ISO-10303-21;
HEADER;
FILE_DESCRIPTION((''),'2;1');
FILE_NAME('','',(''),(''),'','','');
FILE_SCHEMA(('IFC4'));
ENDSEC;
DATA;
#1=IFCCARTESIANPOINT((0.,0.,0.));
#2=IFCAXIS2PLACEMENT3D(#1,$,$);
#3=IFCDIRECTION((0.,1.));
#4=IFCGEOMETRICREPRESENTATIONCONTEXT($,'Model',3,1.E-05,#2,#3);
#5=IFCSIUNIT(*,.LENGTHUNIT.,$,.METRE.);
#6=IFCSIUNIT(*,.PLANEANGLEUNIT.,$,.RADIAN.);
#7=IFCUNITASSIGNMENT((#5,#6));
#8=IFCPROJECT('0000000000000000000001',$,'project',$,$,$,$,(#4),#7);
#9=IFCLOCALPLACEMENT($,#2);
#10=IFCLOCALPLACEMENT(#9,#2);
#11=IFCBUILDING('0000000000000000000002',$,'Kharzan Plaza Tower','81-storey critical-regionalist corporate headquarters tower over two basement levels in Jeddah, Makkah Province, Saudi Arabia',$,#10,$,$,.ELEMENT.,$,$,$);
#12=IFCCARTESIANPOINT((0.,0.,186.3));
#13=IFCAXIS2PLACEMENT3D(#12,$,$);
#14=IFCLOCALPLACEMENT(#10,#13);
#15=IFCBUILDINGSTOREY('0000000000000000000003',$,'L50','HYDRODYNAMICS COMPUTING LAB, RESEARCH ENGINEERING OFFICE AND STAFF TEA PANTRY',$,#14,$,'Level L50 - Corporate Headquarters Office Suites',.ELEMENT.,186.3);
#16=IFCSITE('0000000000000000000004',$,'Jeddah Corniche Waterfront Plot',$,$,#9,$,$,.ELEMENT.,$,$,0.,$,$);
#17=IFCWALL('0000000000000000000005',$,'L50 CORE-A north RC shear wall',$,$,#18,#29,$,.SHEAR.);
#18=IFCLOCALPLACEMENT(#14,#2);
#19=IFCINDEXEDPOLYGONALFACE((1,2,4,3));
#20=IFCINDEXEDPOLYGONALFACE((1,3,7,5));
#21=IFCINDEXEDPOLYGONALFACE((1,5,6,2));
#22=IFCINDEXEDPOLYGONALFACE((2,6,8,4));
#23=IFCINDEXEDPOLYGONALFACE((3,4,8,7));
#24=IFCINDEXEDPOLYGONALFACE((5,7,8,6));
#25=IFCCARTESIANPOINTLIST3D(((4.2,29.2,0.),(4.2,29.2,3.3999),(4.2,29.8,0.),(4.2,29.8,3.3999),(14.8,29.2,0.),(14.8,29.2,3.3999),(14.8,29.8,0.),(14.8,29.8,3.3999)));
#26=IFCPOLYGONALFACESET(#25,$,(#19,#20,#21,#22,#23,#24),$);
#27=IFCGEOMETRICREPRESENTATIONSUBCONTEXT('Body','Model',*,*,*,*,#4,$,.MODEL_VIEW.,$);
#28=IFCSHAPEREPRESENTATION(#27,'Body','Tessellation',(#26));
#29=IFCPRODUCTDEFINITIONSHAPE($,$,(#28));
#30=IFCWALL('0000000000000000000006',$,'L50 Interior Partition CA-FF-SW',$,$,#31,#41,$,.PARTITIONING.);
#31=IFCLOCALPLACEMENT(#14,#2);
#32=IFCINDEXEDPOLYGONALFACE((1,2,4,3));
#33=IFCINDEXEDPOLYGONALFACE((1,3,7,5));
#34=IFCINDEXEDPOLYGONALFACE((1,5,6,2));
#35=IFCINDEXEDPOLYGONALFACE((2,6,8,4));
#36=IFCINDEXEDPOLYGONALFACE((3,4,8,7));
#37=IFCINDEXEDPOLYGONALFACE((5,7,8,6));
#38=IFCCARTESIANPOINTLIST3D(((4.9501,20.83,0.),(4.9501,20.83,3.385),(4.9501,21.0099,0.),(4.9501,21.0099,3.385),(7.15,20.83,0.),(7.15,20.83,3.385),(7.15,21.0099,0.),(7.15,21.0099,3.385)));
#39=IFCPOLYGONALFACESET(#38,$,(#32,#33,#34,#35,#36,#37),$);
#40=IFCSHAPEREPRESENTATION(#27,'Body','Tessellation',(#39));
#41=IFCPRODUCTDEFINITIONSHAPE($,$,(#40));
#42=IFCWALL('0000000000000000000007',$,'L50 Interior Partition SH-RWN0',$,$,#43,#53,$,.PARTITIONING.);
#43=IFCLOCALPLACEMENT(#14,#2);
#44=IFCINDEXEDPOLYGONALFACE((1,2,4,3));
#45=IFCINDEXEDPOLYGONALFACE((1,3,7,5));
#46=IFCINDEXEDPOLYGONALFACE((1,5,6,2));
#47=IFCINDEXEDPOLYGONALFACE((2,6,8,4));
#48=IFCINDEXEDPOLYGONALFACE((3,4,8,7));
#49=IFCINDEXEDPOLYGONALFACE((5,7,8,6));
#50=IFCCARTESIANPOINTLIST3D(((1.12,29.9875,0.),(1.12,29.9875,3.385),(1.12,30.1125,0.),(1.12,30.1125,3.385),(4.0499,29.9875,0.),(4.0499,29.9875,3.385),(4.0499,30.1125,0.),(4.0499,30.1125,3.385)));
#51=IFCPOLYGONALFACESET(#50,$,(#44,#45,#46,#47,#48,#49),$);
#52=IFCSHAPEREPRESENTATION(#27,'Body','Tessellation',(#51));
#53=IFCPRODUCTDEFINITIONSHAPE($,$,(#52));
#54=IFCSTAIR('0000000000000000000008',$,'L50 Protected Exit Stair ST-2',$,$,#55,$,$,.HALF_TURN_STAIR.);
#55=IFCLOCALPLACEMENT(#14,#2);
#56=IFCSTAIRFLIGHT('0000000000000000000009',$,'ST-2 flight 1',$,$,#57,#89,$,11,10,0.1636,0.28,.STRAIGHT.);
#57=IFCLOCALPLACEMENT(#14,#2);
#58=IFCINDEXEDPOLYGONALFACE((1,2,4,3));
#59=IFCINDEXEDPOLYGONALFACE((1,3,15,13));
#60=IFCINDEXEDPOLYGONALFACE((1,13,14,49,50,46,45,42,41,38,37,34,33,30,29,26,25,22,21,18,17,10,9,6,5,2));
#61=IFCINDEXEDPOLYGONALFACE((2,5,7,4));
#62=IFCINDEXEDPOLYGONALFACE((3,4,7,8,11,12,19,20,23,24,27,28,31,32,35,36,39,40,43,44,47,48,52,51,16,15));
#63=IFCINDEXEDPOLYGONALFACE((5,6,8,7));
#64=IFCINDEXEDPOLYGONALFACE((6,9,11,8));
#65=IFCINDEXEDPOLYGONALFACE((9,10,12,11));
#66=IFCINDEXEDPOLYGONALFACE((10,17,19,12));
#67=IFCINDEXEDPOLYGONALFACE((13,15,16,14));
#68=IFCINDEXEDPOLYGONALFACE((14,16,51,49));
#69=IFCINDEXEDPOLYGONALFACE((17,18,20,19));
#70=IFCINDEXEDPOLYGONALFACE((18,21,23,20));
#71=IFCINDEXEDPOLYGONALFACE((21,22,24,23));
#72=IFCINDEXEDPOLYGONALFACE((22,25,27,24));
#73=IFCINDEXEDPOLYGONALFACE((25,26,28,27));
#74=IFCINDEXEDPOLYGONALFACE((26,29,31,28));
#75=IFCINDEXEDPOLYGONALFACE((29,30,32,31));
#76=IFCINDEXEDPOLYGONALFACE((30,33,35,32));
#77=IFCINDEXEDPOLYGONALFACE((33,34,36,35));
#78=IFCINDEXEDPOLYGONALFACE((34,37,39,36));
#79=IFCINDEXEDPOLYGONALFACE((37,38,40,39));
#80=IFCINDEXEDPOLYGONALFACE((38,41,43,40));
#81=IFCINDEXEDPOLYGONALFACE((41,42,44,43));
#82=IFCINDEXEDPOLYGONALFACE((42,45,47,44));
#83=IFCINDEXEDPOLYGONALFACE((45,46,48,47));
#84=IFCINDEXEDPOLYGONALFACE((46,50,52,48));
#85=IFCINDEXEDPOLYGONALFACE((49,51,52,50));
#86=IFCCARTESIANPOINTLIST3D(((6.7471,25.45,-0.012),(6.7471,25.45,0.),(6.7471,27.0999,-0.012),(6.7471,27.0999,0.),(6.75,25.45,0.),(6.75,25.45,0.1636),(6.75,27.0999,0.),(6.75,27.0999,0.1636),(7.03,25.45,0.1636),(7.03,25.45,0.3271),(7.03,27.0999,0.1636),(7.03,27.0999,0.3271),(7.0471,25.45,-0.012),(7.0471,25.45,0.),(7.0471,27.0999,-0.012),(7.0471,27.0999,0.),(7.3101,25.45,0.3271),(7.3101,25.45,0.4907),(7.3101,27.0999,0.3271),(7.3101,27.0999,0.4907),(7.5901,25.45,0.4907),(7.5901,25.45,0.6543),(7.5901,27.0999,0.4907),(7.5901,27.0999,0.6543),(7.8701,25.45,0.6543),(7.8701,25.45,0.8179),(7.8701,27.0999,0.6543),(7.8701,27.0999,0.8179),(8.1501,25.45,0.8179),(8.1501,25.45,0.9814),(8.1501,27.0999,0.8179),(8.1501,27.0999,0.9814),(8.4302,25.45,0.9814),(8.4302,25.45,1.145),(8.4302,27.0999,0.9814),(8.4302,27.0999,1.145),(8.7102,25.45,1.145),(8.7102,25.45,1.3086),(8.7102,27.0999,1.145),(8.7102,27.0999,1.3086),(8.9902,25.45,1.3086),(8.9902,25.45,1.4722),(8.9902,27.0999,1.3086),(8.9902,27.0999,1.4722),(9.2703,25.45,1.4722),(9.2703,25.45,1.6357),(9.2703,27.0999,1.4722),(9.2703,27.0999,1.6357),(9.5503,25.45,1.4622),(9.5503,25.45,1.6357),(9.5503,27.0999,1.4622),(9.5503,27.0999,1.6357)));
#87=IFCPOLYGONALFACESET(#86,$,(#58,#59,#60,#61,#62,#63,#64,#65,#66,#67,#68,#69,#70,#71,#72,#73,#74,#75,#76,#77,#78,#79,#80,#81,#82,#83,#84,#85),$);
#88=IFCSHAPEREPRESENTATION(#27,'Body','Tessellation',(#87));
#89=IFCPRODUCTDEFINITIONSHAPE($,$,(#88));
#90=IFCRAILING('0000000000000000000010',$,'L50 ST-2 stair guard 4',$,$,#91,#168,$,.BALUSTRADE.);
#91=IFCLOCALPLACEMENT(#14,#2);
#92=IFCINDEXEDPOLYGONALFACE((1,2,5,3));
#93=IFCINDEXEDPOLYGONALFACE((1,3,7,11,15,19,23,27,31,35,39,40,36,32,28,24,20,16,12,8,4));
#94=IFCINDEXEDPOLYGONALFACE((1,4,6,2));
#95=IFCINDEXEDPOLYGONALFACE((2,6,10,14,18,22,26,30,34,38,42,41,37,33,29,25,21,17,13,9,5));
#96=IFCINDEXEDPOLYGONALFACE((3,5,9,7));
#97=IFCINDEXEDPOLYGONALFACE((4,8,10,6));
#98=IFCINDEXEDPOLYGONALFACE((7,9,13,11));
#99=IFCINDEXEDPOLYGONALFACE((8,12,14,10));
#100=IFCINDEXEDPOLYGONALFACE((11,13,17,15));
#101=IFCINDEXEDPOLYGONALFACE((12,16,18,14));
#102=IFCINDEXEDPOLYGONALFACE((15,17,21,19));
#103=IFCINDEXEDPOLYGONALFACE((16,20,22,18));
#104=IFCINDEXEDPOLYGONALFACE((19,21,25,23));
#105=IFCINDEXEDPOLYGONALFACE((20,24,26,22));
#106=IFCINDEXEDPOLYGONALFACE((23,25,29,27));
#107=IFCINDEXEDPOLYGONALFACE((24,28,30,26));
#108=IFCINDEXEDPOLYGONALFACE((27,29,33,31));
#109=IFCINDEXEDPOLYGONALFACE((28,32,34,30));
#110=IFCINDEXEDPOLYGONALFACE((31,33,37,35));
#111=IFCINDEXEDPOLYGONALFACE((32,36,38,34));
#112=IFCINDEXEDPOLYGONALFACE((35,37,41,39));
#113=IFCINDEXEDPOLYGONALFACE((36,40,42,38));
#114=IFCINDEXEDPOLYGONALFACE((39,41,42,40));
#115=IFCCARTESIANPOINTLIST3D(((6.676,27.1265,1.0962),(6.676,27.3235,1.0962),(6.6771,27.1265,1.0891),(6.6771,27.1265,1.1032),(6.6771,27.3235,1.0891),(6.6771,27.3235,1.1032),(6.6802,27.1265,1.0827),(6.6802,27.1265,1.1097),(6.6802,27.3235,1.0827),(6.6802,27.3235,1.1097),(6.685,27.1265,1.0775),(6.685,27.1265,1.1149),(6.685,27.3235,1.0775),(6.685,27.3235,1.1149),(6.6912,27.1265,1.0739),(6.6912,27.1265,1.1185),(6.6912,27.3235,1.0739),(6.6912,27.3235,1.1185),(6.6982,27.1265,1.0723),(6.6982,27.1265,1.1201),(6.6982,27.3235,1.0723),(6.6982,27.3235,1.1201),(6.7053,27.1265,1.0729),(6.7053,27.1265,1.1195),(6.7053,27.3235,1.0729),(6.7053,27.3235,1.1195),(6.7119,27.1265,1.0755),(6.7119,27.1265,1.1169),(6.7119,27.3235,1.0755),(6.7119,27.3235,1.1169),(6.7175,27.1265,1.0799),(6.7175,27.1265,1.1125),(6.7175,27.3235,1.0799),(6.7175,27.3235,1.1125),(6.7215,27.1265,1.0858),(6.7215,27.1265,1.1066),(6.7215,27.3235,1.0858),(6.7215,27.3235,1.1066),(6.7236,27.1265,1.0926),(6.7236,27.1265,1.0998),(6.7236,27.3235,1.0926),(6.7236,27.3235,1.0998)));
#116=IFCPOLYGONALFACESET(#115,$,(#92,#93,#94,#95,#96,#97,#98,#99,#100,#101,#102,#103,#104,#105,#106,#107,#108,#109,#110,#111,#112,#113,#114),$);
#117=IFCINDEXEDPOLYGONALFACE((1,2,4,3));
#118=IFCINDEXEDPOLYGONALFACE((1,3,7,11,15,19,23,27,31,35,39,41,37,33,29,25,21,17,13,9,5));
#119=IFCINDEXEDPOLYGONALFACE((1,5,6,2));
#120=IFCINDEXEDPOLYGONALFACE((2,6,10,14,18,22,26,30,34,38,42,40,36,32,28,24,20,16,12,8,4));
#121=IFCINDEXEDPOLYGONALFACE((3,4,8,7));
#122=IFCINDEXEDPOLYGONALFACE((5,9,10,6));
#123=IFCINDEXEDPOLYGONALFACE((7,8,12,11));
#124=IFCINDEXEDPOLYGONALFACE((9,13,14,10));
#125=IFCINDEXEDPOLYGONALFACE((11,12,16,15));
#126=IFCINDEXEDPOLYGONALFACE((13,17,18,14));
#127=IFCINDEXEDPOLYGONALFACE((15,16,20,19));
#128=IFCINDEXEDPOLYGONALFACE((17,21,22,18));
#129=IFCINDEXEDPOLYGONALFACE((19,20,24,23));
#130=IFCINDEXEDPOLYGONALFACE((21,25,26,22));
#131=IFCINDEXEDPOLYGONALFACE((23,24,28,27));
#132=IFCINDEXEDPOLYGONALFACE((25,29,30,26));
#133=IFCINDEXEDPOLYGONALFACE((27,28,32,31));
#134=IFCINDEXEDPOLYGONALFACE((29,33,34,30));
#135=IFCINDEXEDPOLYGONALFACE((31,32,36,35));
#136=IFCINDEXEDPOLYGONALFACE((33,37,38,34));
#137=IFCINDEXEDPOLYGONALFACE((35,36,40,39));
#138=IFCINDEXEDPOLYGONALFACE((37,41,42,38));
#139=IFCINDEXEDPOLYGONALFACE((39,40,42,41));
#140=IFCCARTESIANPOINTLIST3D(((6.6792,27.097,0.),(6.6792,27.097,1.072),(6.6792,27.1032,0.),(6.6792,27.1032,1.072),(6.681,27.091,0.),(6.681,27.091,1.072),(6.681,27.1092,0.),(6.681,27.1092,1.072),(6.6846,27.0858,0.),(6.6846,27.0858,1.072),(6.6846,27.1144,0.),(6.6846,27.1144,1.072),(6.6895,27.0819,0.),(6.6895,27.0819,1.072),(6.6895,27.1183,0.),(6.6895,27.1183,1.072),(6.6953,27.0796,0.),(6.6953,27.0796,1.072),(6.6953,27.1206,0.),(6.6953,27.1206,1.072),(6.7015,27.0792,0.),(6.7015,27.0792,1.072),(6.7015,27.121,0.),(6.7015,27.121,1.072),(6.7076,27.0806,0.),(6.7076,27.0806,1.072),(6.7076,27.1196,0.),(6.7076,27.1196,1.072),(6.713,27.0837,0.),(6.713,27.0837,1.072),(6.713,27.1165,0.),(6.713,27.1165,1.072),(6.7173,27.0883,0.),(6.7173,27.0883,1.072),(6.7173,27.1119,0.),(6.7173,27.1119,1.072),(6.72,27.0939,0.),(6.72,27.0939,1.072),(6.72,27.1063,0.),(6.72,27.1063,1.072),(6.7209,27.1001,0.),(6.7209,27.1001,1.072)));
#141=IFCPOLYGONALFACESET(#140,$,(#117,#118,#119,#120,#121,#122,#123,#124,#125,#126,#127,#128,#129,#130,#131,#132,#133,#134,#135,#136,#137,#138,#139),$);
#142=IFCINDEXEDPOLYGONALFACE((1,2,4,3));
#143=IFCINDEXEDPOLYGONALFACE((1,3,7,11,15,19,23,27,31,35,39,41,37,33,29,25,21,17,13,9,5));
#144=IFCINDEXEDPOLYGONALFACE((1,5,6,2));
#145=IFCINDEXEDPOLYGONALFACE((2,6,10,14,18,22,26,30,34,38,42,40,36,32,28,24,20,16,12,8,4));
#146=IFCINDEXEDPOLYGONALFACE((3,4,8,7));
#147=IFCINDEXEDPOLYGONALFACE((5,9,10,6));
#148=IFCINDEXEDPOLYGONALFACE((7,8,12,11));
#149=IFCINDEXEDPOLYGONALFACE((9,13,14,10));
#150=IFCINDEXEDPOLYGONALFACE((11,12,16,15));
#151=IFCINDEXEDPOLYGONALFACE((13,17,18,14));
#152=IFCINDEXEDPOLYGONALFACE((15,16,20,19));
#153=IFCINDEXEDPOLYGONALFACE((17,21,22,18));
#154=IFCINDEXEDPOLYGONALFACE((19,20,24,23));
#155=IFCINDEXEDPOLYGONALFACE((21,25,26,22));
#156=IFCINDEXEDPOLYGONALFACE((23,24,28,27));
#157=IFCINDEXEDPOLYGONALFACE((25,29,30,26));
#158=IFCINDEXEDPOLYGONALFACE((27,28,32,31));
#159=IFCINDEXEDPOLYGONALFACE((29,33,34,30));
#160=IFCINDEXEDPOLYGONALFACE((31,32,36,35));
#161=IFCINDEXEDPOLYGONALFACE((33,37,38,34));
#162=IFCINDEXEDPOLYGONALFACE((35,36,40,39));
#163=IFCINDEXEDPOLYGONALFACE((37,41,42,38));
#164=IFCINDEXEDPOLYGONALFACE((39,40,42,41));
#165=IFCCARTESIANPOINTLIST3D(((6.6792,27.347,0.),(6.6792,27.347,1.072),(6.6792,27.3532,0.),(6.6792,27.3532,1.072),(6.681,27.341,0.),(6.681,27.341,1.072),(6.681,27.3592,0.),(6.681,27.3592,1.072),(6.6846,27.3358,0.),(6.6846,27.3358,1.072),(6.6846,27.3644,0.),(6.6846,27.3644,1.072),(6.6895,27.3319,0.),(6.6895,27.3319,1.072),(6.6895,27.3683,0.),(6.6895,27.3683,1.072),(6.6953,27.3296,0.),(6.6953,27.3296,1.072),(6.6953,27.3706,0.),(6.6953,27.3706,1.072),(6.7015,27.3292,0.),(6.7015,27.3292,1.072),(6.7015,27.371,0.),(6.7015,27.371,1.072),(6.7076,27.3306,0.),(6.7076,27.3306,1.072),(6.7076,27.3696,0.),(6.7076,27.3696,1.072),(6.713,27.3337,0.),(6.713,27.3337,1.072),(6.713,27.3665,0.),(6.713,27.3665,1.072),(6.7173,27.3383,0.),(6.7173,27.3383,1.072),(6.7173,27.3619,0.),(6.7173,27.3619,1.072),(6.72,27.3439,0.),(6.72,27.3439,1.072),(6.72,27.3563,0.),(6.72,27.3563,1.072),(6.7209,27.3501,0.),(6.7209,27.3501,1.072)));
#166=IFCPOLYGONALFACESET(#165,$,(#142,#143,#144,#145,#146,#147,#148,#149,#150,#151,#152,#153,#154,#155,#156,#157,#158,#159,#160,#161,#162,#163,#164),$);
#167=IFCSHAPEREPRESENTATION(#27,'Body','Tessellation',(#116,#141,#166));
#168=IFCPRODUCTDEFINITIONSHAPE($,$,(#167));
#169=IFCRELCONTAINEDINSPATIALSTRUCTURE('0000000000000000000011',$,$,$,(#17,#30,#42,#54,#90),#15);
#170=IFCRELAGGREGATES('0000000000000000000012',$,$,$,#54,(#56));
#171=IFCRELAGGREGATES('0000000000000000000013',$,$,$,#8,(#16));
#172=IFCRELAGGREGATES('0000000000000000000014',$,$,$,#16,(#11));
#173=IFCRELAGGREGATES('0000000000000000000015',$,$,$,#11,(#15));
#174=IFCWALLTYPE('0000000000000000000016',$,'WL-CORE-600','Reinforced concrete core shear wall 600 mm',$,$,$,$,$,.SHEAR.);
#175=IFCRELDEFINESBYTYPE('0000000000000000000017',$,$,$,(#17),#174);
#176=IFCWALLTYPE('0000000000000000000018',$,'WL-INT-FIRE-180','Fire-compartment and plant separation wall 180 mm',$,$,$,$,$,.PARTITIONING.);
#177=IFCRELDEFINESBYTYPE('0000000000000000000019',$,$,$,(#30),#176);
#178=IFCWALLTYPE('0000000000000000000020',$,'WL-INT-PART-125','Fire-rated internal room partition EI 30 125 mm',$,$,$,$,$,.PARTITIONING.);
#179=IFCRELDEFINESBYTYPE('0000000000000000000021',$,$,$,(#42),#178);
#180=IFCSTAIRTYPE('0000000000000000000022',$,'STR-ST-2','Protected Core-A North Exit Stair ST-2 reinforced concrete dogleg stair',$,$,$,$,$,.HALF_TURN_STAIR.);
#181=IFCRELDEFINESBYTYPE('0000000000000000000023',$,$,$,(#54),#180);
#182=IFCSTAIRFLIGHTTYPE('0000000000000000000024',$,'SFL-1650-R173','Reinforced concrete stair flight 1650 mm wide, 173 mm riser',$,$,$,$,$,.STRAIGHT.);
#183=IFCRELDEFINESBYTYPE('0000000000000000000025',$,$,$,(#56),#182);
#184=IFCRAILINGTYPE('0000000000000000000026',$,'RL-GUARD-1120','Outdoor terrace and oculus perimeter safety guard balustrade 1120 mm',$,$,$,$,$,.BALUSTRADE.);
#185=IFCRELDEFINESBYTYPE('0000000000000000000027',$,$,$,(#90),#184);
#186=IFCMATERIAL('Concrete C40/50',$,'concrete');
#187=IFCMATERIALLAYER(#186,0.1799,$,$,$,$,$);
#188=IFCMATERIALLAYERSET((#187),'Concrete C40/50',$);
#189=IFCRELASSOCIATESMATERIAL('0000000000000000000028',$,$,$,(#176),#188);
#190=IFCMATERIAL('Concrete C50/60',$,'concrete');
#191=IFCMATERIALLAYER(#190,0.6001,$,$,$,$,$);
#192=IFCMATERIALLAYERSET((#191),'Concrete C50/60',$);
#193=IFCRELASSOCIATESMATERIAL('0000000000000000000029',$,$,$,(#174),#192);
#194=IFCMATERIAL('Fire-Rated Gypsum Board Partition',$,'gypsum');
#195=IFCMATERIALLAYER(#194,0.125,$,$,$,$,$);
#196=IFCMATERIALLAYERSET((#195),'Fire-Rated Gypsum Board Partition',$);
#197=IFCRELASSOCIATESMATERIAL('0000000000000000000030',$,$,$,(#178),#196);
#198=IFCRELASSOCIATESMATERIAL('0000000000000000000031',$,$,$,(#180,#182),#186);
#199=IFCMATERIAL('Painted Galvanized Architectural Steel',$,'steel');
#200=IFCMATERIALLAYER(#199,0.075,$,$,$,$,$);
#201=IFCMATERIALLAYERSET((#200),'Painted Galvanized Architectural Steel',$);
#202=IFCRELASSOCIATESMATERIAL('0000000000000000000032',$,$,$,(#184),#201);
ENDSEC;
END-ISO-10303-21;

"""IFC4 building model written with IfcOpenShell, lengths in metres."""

from ifc_helpers import new_model, si_unit, direction, frame, frame_2d, origin, origin_2d, place, context, subcontext, project, spatial, polyline, rectangle, circle, outline, extrude, source, transform, mapped, material, layer, layer_set, type_object, element, aggregate, save


model = new_model("IFC4")

# Units and contexts
model_context = context("Model", 3, precision=1e-05, world=origin(), true_north=direction((0.0, 1.0)))
body_context = subcontext(model_context, "Body", "Model", "MODEL_VIEW")
ifc_project = project(units=[si_unit("LENGTHUNIT", "METRE"), si_unit("PLANEANGLEUNIT", "RADIAN")], contexts=[model_context])

# Site, building, storey
site_placement = place(None, origin())
site = spatial("IfcSite", under=ifc_project, at=site_placement, Name="Jeddah Corniche Waterfront Plot", CompositionType="ELEMENT", RefElevation=0.0)
building_placement = place(site_placement, origin())
building = spatial("IfcBuilding", under=site, at=building_placement, Name="Kharzan Plaza Tower", Description="81-storey critical-regionalist corporate headquarters tower over two basement levels in Jeddah, Makkah Province, Saudi Arabia", CompositionType="ELEMENT")
storey_placement = place(building_placement, frame((0.0, 0.0, 186.3)))
storey = spatial("IfcBuildingStorey", under=building, at=storey_placement, Name="L50", Description="HYDRODYNAMICS COMPUTING LAB, RESEARCH ENGINEERING OFFICE AND STAFF TEA PANTRY", LongName="Level L50 - Corporate Headquarters Office Suites", CompositionType="ELEMENT", Elevation=186.3)

# Shared definitions
ifc_material_1 = material(Name="Concrete C50/60", Category="concrete")

# Shared definitions
ifc_material_2 = material(Name="Concrete C40/50", Category="concrete")

# Shared definitions
ifc_layer_1 = layer(ifc_material_2, 0.1799)
ifc_layer_set_1 = layer_set([ifc_layer_1], Name="Concrete C40/50")
wall_type_1 = type_object("IfcWallType", Name="WL-INT-FIRE-180", Description="Fire-compartment and plant separation wall 180 mm", PredefinedType="PARTITIONING", material=ifc_layer_set_1)

# Walls
ifc_layer_2 = layer(ifc_material_1, 0.6001)
ifc_layer_set_2 = layer_set([ifc_layer_2], Name="Concrete C50/60")
wall_type_2 = type_object("IfcWallType", Name="WL-CORE-600", Description="Reinforced concrete core shear wall 600 mm", PredefinedType="SHEAR", material=ifc_layer_set_2)
shared_shape_1 = source(origin(), body_context, "Body", "SweptSolid", [
    extrude(rectangle(XDim=10.6001, YDim=0.6001, at=frame_2d((5.3, 0.0))), origin(), (0.0, 0.0, 1.0), 3.3999),
])
wall_1_placement = place(storey_placement, frame((4.2, 29.5, 0.0), z_axis=(0.0, 0.0, 1.0), x_axis=(1.0, 0.0, 0.0)))
element("IfcWall", 1, at=wall_1_placement, inside=storey, type_object=wall_type_2, Name="L50 CORE-A north RC shear wall", PredefinedType="SHEAR", context=body_context, shape_type="MappedRepresentation", body=[
    mapped(shared_shape_1, transform((0.0, 0.0, 0.0), x_axis=(1.0, 0.0, 0.0), y_axis=(0.0, 1.0, 0.0), z_axis=(0.0, 0.0, 1.0))),
])
shared_shape_2 = source(origin(), body_context, "Body", "SweptSolid", [
    extrude(rectangle(XDim=2.2, YDim=0.1799, at=frame_2d((1.1001, 0.0))), origin(), (0.0, 0.0, 1.0), 3.385),
])
wall_2_placement = place(storey_placement, frame((4.95, 20.9199, 0.0), z_axis=(0.0, 0.0, 1.0), x_axis=(1.0, 0.0, 0.0)))
element("IfcWall", 2, at=wall_2_placement, inside=storey, type_object=wall_type_1, Name="L50 Interior Partition CA-FF-SW", PredefinedType="PARTITIONING", context=body_context, shape_type="MappedRepresentation", body=[
    mapped(shared_shape_2, transform((0.0, 0.0, 0.0), x_axis=(1.0, 0.0, 0.0), y_axis=(0.0, 1.0, 0.0), z_axis=(0.0, 0.0, 1.0))),
])
ifc_material_3 = material(Name="Fire-Rated Gypsum Board Partition", Category="gypsum")
ifc_layer_3 = layer(ifc_material_3, 0.125)
ifc_layer_set_3 = layer_set([ifc_layer_3], Name="Fire-Rated Gypsum Board Partition")
wall_type_3 = type_object("IfcWallType", Name="WL-INT-PART-125", Description="Fire-rated internal room partition EI 30 125 mm", PredefinedType="PARTITIONING", material=ifc_layer_set_3)
shared_shape_3 = source(origin(), body_context, "Body", "SweptSolid", [
    extrude(rectangle(XDim=2.9299, YDim=0.125, at=frame_2d((1.4648, 0.0))), origin(), (0.0, 0.0, 1.0), 3.385),
])
wall_3_placement = place(storey_placement, frame((1.1201, 30.05, 0.0), z_axis=(0.0, 0.0, 1.0), x_axis=(1.0, 0.0, 0.0)))
element("IfcWall", 3, at=wall_3_placement, inside=storey, type_object=wall_type_3, Name="L50 Interior Partition SH-RWN0", PredefinedType="PARTITIONING", context=body_context, shape_type="MappedRepresentation", body=[
    mapped(shared_shape_3, transform((0.0, 0.0, 0.0), x_axis=(1.0, 0.0, 0.0), y_axis=(0.0, 1.0, 0.0), z_axis=(0.0, 0.0, 1.0))),
])

# Stair, stair flight
stair_type = type_object("IfcStairType", Name="STR-ST-2", Description="Protected Core-A North Exit Stair ST-2 reinforced concrete dogleg stair", PredefinedType="HALF_TURN_STAIR", material=ifc_material_2)
stair_placement = place(storey_placement, origin())
stair = element("IfcStair", 4, at=stair_placement, inside=storey, type_object=stair_type, Name="L50 Protected Exit Stair ST-2", PredefinedType="HALF_TURN_STAIR")
stair_flight_type = type_object("IfcStairFlightType", Name="SFL-1650-R173", Description="Reinforced concrete stair flight 1650 mm wide, 173 mm riser", PredefinedType="STRAIGHT", material=ifc_material_2)
shared_shape_4 = source(origin(), body_context, "Body", "SweptSolid", [
    extrude(outline(polyline([(-0.0029, -0.012), (-0.0029, 0.0), (0.0, 0.0), (0.0, 0.1636), (0.28, 0.1636), (0.28, 0.3271), (0.5601, 0.3271), (0.5601, 0.4907), (0.8401, 0.4907), (0.8401, 0.6543), (1.1201, 0.6543), (1.1201, 0.8179), (1.4001, 0.8179), (1.4001, 0.9814), (1.6802, 0.9814), (1.6802, 1.145), (1.9602, 1.145), (1.9602, 1.3086), (2.2402, 1.3086), (2.2402, 1.4722), (2.5203, 1.4722), (2.5203, 1.6357), (2.8003, 1.6357), (2.8003, 1.7993), (2.8003, 1.4622), (0.2971, 0.0), (0.2971, -0.012), (-0.0029, -0.012)])), frame((0.0, 0.825, 0.0), z_axis=(0.0, -1.0, 0.0), x_axis=(1.0, 0.0, 0.0)), (0.0, 0.0, 1.0), 1.6499),
])
stair_flight_placement = place(storey_placement, frame((6.75, 26.2749, 0.0), z_axis=(0.0, 0.0, 1.0), x_axis=(1.0, 0.0, 0.0)))
stair_flight = element("IfcStairFlight", 5, at=stair_flight_placement, type_object=stair_flight_type, Name="ST-2 flight 1", NumberOfRisers=11, NumberOfTreads=10, PredefinedType="STRAIGHT", RiserHeight=0.1636, TreadLength=0.28, context=body_context, shape_type="MappedRepresentation", body=[
    mapped(shared_shape_4, transform((0.0, 0.0, 0.0), x_axis=(1.0, 0.0, 0.0), y_axis=(0.0, 1.0, 0.0), z_axis=(0.0, 0.0, 1.0))),
])
aggregate(stair, [stair_flight])

# Railing
ifc_material_4 = material(Name="Painted Galvanized Architectural Steel", Category="steel")
ifc_layer_4 = layer(ifc_material_4, 0.075)
ifc_layer_set_4 = layer_set([ifc_layer_4], Name="Painted Galvanized Architectural Steel")
railing_type_1 = type_object("IfcRailingType", Name="RL-GUARD-1120", Description="Outdoor terrace and oculus perimeter safety guard balustrade 1120 mm", PredefinedType="BALUSTRADE", material=ifc_layer_set_4)
shared_shape_5 = source(origin(), body_context, "Body", "SweptSolid", [
    extrude(circle(Radius=0.0239, at=origin_2d()), frame((0.0, 0.0264, 1.0962), z_axis=(0.0, 1.0, 0.0), x_axis=(-1.0, 0.0, 0.0)), (0.0, 0.0, 1.0), 0.197),
    extrude(circle(Radius=0.021, at=origin_2d()), origin(), (0.0, 0.0, 1.0), 1.072),
    extrude(circle(Radius=0.021, at=origin_2d()), frame((0.0, 0.25, 0.0)), (0.0, 0.0, 1.0), 1.072),
])
railing_1_placement = place(storey_placement, frame((6.7, 27.1001, 0.0)))
element("IfcRailing", 6, at=railing_1_placement, inside=storey, type_object=railing_type_1, Name="L50 ST-2 stair guard 4", PredefinedType="BALUSTRADE", context=body_context, shape_type="MappedRepresentation", body=[
    mapped(shared_shape_5, transform((0.0, 0.0, 0.0), x_axis=(1.0, 0.0, 0.0), y_axis=(0.0, 1.0, 0.0), z_axis=(0.0, 0.0, 1.0))),
])

save(model, "model.ifc")
